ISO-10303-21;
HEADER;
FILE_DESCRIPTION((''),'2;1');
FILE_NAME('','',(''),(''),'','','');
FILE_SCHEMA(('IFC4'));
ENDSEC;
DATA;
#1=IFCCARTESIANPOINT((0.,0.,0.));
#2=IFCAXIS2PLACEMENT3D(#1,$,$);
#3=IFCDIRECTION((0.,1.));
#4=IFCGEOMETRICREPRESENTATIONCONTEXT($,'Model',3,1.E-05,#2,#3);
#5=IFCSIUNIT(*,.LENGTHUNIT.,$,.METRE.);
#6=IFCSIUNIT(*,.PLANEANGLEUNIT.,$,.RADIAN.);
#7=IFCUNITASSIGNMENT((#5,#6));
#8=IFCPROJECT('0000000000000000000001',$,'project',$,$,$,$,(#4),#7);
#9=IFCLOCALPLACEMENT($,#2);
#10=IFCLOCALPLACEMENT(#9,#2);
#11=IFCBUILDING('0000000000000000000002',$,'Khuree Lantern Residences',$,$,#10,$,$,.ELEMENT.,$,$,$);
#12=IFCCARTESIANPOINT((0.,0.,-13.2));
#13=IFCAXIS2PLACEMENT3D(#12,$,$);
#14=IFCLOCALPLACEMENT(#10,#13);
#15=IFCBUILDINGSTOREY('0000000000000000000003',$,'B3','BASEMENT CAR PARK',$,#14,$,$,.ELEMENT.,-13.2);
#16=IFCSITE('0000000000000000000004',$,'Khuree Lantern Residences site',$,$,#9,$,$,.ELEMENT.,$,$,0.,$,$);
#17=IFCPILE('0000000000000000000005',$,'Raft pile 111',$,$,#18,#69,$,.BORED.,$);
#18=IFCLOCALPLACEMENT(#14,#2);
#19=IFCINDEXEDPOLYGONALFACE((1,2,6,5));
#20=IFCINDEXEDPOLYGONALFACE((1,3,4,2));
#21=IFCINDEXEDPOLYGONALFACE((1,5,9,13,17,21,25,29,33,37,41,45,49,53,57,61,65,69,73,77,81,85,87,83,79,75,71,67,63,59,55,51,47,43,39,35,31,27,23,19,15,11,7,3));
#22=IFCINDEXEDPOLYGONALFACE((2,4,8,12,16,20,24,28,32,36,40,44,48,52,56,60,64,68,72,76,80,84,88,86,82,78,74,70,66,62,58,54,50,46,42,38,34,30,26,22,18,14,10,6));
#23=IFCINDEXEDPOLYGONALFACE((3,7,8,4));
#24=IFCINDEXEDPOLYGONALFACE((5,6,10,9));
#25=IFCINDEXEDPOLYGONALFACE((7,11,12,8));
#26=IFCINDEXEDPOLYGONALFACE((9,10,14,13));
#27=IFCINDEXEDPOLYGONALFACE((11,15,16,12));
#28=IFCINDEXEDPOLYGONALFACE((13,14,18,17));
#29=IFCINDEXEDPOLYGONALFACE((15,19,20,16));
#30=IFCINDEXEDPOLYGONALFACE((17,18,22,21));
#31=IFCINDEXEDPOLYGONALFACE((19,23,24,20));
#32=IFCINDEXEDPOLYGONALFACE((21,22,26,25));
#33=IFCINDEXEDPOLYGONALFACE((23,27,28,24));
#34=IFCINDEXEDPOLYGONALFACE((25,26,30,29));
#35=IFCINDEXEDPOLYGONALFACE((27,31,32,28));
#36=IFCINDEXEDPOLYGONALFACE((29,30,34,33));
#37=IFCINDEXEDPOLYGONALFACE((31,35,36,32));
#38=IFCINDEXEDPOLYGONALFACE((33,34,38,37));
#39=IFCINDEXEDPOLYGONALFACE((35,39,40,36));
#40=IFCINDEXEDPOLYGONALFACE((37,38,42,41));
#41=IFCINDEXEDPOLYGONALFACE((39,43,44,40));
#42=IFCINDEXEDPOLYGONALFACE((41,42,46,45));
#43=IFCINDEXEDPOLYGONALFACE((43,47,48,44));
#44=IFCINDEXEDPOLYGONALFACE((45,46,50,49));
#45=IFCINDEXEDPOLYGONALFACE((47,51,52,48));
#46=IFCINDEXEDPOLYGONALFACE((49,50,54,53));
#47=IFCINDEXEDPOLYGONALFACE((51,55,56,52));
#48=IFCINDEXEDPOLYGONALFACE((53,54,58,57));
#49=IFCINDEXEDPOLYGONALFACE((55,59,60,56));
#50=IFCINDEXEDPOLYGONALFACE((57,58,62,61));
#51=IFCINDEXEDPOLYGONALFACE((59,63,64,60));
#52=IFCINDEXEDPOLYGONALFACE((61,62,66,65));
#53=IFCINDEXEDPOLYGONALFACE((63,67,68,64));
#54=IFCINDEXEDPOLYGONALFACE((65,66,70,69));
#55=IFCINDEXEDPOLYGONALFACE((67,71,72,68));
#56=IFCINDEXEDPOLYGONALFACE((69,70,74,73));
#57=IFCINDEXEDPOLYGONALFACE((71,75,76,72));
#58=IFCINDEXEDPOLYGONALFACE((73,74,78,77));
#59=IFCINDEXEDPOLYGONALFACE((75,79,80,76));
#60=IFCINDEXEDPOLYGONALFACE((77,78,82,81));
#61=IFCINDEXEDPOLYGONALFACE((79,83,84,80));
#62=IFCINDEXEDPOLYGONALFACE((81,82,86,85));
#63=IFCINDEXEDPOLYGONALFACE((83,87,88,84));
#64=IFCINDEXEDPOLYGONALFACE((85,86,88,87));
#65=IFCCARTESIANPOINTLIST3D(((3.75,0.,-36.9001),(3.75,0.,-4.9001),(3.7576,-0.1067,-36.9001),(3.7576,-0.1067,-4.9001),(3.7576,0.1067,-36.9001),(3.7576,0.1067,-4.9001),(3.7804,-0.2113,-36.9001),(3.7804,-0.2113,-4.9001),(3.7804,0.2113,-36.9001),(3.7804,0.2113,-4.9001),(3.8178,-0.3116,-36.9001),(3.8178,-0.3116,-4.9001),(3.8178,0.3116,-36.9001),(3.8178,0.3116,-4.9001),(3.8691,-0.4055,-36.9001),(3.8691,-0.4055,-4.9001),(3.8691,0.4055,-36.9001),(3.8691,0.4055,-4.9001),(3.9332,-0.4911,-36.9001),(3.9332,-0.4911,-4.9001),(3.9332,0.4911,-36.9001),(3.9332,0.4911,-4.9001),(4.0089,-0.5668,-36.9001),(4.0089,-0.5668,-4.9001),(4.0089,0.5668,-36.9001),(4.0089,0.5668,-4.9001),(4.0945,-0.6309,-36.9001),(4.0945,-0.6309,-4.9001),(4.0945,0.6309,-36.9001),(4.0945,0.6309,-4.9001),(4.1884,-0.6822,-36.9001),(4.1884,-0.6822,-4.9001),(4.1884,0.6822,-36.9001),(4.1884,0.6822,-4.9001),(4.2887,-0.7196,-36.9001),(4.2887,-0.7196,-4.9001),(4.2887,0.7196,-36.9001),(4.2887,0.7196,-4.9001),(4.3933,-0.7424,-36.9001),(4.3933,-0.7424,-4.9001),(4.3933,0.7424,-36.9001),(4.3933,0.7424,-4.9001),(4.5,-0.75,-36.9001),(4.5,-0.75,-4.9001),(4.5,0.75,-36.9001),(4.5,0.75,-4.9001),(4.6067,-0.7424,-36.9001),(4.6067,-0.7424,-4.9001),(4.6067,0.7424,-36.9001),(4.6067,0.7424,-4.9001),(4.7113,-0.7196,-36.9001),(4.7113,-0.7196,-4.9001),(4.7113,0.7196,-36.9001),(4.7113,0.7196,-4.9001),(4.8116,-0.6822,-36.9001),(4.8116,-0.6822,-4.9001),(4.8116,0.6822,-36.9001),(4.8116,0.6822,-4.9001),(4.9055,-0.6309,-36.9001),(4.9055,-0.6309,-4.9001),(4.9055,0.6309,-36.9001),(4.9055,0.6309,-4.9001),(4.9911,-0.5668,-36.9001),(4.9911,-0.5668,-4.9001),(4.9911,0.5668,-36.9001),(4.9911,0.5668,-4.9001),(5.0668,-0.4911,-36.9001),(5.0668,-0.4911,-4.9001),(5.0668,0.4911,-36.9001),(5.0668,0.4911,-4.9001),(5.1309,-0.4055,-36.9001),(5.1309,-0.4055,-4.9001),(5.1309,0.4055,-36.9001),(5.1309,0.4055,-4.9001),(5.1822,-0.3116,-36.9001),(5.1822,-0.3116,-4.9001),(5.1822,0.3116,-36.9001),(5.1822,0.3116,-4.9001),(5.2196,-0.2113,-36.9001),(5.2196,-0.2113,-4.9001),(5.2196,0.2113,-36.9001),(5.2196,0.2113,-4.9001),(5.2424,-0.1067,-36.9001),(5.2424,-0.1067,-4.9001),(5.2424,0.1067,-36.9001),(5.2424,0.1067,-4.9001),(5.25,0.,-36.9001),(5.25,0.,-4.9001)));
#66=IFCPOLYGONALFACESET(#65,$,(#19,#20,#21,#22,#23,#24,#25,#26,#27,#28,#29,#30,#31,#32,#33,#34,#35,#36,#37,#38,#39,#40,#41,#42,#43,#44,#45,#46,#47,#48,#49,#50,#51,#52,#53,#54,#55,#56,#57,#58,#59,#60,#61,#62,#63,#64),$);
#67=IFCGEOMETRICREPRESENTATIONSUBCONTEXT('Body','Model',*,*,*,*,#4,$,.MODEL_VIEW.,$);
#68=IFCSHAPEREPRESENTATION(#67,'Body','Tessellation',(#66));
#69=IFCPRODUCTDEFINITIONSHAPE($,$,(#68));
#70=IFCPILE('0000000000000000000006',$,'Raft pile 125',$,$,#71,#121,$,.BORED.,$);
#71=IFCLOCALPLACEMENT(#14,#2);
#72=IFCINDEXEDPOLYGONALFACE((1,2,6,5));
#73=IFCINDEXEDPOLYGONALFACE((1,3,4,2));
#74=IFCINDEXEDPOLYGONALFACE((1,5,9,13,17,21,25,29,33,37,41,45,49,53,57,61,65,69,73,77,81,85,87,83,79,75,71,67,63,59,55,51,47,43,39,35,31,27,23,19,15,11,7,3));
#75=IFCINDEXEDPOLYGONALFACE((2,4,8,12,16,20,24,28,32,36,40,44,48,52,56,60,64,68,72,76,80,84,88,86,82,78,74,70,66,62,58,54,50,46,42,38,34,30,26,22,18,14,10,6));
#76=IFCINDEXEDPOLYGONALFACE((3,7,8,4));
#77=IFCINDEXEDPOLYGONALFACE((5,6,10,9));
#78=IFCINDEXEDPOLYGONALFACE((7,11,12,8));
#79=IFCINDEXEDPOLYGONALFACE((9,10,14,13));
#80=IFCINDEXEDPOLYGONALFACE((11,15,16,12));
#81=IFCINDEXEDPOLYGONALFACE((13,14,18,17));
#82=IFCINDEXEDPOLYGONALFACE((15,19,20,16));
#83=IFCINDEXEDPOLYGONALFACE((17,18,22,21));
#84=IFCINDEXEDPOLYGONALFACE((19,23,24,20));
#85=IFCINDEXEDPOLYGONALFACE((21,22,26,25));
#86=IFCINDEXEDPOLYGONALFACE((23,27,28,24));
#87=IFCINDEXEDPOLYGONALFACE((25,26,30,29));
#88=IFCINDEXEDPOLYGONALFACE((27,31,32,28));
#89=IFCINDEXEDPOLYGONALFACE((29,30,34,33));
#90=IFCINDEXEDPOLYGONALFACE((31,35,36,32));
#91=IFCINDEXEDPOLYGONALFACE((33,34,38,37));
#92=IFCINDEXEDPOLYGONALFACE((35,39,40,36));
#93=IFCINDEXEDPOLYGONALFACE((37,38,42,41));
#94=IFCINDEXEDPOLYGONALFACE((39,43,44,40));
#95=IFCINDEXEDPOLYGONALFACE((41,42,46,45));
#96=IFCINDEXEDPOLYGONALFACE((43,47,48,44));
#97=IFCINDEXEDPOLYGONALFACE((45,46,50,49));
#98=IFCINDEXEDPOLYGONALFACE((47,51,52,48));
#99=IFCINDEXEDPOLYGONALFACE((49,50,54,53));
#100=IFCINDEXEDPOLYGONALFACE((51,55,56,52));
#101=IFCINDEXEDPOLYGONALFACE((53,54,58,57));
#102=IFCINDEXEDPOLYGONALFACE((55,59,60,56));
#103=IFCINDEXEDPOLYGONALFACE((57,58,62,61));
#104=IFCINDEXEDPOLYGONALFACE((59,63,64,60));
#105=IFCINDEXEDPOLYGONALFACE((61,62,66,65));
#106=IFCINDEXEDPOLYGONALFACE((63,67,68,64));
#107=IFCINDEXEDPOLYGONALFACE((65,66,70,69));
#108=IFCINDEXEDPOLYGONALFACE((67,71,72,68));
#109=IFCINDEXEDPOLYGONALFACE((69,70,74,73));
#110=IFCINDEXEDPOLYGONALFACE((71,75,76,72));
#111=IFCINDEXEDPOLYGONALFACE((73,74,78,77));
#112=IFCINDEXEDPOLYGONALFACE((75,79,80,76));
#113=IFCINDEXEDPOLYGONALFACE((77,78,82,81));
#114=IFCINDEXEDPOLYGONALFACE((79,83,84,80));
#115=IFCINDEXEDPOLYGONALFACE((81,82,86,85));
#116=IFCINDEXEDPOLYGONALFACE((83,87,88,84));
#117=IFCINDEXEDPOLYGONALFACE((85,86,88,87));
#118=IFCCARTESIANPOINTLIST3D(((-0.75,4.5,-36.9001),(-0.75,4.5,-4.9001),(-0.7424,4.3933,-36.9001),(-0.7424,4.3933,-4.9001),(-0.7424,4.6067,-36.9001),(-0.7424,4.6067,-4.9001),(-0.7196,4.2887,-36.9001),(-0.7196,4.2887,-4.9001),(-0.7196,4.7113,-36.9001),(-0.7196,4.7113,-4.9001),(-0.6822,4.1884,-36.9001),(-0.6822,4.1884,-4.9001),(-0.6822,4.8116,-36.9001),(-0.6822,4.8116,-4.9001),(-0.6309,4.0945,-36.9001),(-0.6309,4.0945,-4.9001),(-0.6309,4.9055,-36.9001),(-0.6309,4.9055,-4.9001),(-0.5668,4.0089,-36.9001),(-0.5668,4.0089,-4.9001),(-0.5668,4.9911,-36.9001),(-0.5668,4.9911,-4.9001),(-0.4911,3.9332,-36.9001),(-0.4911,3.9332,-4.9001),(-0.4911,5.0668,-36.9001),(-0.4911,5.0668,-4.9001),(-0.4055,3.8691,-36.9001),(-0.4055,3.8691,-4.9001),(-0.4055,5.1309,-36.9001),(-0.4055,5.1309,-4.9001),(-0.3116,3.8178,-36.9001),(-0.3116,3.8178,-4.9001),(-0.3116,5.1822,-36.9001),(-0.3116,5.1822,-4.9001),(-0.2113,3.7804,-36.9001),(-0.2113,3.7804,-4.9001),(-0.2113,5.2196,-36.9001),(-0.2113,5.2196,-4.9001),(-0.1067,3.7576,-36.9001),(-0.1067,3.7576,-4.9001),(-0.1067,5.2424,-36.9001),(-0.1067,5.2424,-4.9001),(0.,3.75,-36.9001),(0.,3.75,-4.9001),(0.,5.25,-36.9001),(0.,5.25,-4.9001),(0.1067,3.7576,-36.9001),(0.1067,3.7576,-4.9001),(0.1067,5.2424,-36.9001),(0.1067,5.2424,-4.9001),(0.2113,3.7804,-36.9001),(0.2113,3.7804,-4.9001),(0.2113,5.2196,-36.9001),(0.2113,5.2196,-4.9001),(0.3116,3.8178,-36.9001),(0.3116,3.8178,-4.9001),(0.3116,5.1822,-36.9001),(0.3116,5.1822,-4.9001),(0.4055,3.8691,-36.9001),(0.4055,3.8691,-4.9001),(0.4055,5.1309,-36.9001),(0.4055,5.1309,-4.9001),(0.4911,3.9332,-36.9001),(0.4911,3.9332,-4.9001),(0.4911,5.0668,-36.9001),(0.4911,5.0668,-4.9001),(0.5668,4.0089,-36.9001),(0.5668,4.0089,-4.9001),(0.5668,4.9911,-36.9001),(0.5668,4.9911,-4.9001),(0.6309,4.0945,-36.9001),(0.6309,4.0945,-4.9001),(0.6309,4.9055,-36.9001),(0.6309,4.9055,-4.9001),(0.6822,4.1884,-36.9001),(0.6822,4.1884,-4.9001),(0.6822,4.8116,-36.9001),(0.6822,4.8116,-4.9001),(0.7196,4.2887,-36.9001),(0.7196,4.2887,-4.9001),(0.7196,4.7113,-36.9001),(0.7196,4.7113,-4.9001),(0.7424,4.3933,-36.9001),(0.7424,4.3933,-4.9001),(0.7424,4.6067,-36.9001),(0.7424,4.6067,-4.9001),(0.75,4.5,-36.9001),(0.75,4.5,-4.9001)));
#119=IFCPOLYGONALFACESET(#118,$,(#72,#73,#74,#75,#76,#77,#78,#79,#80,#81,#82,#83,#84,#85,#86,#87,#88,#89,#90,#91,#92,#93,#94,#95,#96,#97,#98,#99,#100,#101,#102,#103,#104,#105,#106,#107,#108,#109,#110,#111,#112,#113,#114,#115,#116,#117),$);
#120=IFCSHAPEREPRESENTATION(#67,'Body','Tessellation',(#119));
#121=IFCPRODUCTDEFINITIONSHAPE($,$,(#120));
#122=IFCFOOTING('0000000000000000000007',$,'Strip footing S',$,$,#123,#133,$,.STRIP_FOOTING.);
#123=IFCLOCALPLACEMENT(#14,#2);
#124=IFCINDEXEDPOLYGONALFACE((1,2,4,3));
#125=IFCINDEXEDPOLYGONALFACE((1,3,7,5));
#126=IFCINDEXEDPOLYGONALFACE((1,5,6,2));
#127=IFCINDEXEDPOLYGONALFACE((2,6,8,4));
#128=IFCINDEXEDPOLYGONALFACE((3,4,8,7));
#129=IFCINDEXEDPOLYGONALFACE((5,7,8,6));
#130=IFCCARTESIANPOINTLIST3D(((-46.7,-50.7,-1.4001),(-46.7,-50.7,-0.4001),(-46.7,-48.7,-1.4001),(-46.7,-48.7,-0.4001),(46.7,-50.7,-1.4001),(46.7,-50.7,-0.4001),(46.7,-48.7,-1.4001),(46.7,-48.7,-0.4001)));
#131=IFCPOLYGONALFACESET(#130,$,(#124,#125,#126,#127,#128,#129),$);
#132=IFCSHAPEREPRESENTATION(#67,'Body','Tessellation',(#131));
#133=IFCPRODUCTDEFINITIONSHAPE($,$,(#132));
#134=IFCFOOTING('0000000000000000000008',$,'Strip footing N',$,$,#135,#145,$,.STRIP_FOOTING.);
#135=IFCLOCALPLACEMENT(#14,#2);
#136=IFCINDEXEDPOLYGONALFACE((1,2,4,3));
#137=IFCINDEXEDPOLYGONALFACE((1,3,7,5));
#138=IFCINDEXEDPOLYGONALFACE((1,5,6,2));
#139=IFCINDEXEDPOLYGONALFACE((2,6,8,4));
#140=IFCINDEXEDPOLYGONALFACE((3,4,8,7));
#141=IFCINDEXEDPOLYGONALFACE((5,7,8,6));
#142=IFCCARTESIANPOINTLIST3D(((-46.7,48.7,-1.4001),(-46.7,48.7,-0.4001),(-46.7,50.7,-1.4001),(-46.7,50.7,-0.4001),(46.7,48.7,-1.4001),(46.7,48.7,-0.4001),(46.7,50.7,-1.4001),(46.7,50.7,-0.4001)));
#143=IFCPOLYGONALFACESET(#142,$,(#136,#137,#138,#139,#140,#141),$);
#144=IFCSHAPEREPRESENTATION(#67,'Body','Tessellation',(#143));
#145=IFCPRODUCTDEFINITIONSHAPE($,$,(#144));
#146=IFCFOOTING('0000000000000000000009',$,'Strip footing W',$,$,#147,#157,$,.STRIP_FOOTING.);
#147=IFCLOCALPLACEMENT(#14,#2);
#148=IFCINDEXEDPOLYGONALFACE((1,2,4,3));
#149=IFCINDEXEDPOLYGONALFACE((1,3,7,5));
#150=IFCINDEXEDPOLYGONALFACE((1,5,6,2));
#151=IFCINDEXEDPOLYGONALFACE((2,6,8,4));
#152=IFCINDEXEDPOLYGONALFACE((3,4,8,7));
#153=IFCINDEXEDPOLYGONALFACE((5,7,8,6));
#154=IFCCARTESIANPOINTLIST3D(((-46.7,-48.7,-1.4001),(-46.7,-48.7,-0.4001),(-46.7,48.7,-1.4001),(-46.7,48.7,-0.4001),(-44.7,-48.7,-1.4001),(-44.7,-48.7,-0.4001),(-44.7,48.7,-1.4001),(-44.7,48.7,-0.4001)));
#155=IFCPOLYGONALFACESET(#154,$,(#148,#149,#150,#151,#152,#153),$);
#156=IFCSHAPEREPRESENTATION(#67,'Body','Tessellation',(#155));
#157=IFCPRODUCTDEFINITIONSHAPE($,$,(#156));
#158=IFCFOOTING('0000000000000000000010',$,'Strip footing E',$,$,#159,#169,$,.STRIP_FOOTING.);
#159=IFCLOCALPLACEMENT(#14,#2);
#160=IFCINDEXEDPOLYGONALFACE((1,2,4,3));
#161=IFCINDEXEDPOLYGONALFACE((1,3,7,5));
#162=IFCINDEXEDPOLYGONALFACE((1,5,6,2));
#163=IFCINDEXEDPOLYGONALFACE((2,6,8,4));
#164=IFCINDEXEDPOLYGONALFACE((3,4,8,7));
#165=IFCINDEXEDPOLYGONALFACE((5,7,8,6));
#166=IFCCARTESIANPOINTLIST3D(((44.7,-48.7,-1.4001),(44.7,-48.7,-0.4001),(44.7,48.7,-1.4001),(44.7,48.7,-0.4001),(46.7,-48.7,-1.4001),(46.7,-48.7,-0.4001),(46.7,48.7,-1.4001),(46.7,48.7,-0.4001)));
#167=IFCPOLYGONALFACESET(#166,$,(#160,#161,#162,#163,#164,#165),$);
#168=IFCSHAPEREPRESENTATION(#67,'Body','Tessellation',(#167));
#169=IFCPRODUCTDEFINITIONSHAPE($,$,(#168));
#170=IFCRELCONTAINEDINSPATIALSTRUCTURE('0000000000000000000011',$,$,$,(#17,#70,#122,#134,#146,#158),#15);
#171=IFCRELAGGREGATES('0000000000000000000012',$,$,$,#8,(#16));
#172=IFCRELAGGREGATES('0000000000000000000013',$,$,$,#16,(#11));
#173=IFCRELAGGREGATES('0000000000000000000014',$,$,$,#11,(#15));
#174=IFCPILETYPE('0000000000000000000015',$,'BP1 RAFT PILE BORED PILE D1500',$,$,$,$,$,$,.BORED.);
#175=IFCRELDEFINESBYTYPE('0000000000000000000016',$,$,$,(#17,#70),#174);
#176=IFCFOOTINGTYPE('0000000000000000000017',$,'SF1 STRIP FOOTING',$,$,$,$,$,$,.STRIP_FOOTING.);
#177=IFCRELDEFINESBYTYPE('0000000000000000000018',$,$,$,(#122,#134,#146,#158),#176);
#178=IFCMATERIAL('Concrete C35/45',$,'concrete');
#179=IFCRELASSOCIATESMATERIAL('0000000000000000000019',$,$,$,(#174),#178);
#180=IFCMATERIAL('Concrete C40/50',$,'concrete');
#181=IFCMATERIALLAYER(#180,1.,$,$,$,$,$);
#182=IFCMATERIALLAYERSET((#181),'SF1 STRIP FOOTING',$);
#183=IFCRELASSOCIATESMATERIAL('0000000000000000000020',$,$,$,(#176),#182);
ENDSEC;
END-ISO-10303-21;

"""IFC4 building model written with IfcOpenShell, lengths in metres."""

from ifc_helpers import new_model, si_unit, direction, frame, origin, origin_2d, place, context, subcontext, project, spatial, polyline, circle, outline, extrude, material, layer, layer_set, material_profile, profile_set, type_object, element, save


model = new_model("IFC4")

# Units and contexts
model_context = context("Model", 3, precision=1e-05, world=origin(), true_north=direction((0.0, 1.0)))
body_context = subcontext(model_context, "Body", "Model", "MODEL_VIEW")
ifc_project = project(units=[si_unit("LENGTHUNIT", "METRE"), si_unit("PLANEANGLEUNIT", "RADIAN")], contexts=[model_context])

# Site, building, storey
site_placement = place(None, origin())
site = spatial("IfcSite", under=ifc_project, at=site_placement, Name="Khuree Lantern Residences site", CompositionType="ELEMENT", RefElevation=0.0)
building_placement = place(site_placement, origin())
building = spatial("IfcBuilding", under=site, at=building_placement, Name="Khuree Lantern Residences", CompositionType="ELEMENT")
storey_placement = place(building_placement, frame((0.0, 0.0, -13.2)))
storey = spatial("IfcBuildingStorey", under=building, at=storey_placement, Name="B3", Description="BASEMENT CAR PARK", CompositionType="ELEMENT", Elevation=-13.2)

# Piles
ifc_material_1 = material(Name="Concrete C35/45", Category="concrete")
ifc_material_profile = material_profile(ifc_material_1, circle(Radius=0.75, at=origin_2d()), Name="BORED PILE D1500")
ifc_profile_set = profile_set([ifc_material_profile], Name="Concrete C35/45")
pile_type = type_object("IfcPileType", Name="BP1 RAFT PILE BORED PILE D1500", PredefinedType="BORED", material=ifc_profile_set)
for number, where, z_axis, x_axis, name in (
    (1, (4.5, 0.0, -4.9001), (0.0, 0.0, -1.0), (1.0, 0.0, 0.0), "Raft pile 111"),
    (2, (0.0, 4.5, -4.9001), (0.0, 0.0, -1.0), (1.0, 0.0, 0.0), "Raft pile 125"),
):
    element("IfcPile", number, at=place(storey_placement, frame(where, z_axis=z_axis, x_axis=x_axis)), inside=storey, type_object=pile_type, Name=name, PredefinedType="BORED", context=body_context, shape_type="SweptSolid", body=[
        extrude(circle(Radius=0.75, at=origin_2d()), origin(), (0.0, 0.0, 1.0), 32.0),
    ])

# Footings
ifc_material_2 = material(Name="Concrete C40/50", Category="concrete")
ifc_layer_1 = layer(ifc_material_2, 1.0)
ifc_layer_set_1 = layer_set([ifc_layer_1], Name="SF1 STRIP FOOTING")
footing_type = type_object("IfcFootingType", Name="SF1 STRIP FOOTING", PredefinedType="STRIP_FOOTING", material=ifc_layer_set_1)
footing_1_placement = place(storey_placement, frame((0.0, 0.0, -1.4001)))
element("IfcFooting", 3, at=footing_1_placement, inside=storey, type_object=footing_type, Name="Strip footing S", PredefinedType="STRIP_FOOTING", context=body_context, shape_type="SweptSolid", body=[
    extrude(outline(polyline([(46.7, -50.7), (-46.7, -50.7), (-46.7, -48.7), (46.7, -48.7), (46.7, -50.7)])), origin(), (0.0, 0.0, 1.0), 1.0),
])
footing_2_placement = place(storey_placement, frame((0.0, 0.0, -1.4001)))
element("IfcFooting", 4, at=footing_2_placement, inside=storey, type_object=footing_type, Name="Strip footing N", PredefinedType="STRIP_FOOTING", context=body_context, shape_type="SweptSolid", body=[
    extrude(outline(polyline([(46.7, 48.7), (-46.7, 48.7), (-46.7, 50.7), (46.7, 50.7), (46.7, 48.7)])), origin(), (0.0, 0.0, 1.0), 1.0),
])
footing_3_placement = place(storey_placement, frame((0.0, 0.0, -1.4001)))
element("IfcFooting", 5, at=footing_3_placement, inside=storey, type_object=footing_type, Name="Strip footing W", PredefinedType="STRIP_FOOTING", context=body_context, shape_type="SweptSolid", body=[
    extrude(outline(polyline([(-44.7, -48.7), (-46.7, -48.7), (-46.7, 48.7), (-44.7, 48.7), (-44.7, -48.7)])), origin(), (0.0, 0.0, 1.0), 1.0),
])
footing_4_placement = place(storey_placement, frame((0.0, 0.0, -1.4001)))
element("IfcFooting", 6, at=footing_4_placement, inside=storey, type_object=footing_type, Name="Strip footing E", PredefinedType="STRIP_FOOTING", context=body_context, shape_type="SweptSolid", body=[
    extrude(outline(polyline([(46.7, -48.7), (44.7, -48.7), (44.7, 48.7), (46.7, 48.7), (46.7, -48.7)])), origin(), (0.0, 0.0, 1.0), 1.0),
])

save(model, "model.ifc")
